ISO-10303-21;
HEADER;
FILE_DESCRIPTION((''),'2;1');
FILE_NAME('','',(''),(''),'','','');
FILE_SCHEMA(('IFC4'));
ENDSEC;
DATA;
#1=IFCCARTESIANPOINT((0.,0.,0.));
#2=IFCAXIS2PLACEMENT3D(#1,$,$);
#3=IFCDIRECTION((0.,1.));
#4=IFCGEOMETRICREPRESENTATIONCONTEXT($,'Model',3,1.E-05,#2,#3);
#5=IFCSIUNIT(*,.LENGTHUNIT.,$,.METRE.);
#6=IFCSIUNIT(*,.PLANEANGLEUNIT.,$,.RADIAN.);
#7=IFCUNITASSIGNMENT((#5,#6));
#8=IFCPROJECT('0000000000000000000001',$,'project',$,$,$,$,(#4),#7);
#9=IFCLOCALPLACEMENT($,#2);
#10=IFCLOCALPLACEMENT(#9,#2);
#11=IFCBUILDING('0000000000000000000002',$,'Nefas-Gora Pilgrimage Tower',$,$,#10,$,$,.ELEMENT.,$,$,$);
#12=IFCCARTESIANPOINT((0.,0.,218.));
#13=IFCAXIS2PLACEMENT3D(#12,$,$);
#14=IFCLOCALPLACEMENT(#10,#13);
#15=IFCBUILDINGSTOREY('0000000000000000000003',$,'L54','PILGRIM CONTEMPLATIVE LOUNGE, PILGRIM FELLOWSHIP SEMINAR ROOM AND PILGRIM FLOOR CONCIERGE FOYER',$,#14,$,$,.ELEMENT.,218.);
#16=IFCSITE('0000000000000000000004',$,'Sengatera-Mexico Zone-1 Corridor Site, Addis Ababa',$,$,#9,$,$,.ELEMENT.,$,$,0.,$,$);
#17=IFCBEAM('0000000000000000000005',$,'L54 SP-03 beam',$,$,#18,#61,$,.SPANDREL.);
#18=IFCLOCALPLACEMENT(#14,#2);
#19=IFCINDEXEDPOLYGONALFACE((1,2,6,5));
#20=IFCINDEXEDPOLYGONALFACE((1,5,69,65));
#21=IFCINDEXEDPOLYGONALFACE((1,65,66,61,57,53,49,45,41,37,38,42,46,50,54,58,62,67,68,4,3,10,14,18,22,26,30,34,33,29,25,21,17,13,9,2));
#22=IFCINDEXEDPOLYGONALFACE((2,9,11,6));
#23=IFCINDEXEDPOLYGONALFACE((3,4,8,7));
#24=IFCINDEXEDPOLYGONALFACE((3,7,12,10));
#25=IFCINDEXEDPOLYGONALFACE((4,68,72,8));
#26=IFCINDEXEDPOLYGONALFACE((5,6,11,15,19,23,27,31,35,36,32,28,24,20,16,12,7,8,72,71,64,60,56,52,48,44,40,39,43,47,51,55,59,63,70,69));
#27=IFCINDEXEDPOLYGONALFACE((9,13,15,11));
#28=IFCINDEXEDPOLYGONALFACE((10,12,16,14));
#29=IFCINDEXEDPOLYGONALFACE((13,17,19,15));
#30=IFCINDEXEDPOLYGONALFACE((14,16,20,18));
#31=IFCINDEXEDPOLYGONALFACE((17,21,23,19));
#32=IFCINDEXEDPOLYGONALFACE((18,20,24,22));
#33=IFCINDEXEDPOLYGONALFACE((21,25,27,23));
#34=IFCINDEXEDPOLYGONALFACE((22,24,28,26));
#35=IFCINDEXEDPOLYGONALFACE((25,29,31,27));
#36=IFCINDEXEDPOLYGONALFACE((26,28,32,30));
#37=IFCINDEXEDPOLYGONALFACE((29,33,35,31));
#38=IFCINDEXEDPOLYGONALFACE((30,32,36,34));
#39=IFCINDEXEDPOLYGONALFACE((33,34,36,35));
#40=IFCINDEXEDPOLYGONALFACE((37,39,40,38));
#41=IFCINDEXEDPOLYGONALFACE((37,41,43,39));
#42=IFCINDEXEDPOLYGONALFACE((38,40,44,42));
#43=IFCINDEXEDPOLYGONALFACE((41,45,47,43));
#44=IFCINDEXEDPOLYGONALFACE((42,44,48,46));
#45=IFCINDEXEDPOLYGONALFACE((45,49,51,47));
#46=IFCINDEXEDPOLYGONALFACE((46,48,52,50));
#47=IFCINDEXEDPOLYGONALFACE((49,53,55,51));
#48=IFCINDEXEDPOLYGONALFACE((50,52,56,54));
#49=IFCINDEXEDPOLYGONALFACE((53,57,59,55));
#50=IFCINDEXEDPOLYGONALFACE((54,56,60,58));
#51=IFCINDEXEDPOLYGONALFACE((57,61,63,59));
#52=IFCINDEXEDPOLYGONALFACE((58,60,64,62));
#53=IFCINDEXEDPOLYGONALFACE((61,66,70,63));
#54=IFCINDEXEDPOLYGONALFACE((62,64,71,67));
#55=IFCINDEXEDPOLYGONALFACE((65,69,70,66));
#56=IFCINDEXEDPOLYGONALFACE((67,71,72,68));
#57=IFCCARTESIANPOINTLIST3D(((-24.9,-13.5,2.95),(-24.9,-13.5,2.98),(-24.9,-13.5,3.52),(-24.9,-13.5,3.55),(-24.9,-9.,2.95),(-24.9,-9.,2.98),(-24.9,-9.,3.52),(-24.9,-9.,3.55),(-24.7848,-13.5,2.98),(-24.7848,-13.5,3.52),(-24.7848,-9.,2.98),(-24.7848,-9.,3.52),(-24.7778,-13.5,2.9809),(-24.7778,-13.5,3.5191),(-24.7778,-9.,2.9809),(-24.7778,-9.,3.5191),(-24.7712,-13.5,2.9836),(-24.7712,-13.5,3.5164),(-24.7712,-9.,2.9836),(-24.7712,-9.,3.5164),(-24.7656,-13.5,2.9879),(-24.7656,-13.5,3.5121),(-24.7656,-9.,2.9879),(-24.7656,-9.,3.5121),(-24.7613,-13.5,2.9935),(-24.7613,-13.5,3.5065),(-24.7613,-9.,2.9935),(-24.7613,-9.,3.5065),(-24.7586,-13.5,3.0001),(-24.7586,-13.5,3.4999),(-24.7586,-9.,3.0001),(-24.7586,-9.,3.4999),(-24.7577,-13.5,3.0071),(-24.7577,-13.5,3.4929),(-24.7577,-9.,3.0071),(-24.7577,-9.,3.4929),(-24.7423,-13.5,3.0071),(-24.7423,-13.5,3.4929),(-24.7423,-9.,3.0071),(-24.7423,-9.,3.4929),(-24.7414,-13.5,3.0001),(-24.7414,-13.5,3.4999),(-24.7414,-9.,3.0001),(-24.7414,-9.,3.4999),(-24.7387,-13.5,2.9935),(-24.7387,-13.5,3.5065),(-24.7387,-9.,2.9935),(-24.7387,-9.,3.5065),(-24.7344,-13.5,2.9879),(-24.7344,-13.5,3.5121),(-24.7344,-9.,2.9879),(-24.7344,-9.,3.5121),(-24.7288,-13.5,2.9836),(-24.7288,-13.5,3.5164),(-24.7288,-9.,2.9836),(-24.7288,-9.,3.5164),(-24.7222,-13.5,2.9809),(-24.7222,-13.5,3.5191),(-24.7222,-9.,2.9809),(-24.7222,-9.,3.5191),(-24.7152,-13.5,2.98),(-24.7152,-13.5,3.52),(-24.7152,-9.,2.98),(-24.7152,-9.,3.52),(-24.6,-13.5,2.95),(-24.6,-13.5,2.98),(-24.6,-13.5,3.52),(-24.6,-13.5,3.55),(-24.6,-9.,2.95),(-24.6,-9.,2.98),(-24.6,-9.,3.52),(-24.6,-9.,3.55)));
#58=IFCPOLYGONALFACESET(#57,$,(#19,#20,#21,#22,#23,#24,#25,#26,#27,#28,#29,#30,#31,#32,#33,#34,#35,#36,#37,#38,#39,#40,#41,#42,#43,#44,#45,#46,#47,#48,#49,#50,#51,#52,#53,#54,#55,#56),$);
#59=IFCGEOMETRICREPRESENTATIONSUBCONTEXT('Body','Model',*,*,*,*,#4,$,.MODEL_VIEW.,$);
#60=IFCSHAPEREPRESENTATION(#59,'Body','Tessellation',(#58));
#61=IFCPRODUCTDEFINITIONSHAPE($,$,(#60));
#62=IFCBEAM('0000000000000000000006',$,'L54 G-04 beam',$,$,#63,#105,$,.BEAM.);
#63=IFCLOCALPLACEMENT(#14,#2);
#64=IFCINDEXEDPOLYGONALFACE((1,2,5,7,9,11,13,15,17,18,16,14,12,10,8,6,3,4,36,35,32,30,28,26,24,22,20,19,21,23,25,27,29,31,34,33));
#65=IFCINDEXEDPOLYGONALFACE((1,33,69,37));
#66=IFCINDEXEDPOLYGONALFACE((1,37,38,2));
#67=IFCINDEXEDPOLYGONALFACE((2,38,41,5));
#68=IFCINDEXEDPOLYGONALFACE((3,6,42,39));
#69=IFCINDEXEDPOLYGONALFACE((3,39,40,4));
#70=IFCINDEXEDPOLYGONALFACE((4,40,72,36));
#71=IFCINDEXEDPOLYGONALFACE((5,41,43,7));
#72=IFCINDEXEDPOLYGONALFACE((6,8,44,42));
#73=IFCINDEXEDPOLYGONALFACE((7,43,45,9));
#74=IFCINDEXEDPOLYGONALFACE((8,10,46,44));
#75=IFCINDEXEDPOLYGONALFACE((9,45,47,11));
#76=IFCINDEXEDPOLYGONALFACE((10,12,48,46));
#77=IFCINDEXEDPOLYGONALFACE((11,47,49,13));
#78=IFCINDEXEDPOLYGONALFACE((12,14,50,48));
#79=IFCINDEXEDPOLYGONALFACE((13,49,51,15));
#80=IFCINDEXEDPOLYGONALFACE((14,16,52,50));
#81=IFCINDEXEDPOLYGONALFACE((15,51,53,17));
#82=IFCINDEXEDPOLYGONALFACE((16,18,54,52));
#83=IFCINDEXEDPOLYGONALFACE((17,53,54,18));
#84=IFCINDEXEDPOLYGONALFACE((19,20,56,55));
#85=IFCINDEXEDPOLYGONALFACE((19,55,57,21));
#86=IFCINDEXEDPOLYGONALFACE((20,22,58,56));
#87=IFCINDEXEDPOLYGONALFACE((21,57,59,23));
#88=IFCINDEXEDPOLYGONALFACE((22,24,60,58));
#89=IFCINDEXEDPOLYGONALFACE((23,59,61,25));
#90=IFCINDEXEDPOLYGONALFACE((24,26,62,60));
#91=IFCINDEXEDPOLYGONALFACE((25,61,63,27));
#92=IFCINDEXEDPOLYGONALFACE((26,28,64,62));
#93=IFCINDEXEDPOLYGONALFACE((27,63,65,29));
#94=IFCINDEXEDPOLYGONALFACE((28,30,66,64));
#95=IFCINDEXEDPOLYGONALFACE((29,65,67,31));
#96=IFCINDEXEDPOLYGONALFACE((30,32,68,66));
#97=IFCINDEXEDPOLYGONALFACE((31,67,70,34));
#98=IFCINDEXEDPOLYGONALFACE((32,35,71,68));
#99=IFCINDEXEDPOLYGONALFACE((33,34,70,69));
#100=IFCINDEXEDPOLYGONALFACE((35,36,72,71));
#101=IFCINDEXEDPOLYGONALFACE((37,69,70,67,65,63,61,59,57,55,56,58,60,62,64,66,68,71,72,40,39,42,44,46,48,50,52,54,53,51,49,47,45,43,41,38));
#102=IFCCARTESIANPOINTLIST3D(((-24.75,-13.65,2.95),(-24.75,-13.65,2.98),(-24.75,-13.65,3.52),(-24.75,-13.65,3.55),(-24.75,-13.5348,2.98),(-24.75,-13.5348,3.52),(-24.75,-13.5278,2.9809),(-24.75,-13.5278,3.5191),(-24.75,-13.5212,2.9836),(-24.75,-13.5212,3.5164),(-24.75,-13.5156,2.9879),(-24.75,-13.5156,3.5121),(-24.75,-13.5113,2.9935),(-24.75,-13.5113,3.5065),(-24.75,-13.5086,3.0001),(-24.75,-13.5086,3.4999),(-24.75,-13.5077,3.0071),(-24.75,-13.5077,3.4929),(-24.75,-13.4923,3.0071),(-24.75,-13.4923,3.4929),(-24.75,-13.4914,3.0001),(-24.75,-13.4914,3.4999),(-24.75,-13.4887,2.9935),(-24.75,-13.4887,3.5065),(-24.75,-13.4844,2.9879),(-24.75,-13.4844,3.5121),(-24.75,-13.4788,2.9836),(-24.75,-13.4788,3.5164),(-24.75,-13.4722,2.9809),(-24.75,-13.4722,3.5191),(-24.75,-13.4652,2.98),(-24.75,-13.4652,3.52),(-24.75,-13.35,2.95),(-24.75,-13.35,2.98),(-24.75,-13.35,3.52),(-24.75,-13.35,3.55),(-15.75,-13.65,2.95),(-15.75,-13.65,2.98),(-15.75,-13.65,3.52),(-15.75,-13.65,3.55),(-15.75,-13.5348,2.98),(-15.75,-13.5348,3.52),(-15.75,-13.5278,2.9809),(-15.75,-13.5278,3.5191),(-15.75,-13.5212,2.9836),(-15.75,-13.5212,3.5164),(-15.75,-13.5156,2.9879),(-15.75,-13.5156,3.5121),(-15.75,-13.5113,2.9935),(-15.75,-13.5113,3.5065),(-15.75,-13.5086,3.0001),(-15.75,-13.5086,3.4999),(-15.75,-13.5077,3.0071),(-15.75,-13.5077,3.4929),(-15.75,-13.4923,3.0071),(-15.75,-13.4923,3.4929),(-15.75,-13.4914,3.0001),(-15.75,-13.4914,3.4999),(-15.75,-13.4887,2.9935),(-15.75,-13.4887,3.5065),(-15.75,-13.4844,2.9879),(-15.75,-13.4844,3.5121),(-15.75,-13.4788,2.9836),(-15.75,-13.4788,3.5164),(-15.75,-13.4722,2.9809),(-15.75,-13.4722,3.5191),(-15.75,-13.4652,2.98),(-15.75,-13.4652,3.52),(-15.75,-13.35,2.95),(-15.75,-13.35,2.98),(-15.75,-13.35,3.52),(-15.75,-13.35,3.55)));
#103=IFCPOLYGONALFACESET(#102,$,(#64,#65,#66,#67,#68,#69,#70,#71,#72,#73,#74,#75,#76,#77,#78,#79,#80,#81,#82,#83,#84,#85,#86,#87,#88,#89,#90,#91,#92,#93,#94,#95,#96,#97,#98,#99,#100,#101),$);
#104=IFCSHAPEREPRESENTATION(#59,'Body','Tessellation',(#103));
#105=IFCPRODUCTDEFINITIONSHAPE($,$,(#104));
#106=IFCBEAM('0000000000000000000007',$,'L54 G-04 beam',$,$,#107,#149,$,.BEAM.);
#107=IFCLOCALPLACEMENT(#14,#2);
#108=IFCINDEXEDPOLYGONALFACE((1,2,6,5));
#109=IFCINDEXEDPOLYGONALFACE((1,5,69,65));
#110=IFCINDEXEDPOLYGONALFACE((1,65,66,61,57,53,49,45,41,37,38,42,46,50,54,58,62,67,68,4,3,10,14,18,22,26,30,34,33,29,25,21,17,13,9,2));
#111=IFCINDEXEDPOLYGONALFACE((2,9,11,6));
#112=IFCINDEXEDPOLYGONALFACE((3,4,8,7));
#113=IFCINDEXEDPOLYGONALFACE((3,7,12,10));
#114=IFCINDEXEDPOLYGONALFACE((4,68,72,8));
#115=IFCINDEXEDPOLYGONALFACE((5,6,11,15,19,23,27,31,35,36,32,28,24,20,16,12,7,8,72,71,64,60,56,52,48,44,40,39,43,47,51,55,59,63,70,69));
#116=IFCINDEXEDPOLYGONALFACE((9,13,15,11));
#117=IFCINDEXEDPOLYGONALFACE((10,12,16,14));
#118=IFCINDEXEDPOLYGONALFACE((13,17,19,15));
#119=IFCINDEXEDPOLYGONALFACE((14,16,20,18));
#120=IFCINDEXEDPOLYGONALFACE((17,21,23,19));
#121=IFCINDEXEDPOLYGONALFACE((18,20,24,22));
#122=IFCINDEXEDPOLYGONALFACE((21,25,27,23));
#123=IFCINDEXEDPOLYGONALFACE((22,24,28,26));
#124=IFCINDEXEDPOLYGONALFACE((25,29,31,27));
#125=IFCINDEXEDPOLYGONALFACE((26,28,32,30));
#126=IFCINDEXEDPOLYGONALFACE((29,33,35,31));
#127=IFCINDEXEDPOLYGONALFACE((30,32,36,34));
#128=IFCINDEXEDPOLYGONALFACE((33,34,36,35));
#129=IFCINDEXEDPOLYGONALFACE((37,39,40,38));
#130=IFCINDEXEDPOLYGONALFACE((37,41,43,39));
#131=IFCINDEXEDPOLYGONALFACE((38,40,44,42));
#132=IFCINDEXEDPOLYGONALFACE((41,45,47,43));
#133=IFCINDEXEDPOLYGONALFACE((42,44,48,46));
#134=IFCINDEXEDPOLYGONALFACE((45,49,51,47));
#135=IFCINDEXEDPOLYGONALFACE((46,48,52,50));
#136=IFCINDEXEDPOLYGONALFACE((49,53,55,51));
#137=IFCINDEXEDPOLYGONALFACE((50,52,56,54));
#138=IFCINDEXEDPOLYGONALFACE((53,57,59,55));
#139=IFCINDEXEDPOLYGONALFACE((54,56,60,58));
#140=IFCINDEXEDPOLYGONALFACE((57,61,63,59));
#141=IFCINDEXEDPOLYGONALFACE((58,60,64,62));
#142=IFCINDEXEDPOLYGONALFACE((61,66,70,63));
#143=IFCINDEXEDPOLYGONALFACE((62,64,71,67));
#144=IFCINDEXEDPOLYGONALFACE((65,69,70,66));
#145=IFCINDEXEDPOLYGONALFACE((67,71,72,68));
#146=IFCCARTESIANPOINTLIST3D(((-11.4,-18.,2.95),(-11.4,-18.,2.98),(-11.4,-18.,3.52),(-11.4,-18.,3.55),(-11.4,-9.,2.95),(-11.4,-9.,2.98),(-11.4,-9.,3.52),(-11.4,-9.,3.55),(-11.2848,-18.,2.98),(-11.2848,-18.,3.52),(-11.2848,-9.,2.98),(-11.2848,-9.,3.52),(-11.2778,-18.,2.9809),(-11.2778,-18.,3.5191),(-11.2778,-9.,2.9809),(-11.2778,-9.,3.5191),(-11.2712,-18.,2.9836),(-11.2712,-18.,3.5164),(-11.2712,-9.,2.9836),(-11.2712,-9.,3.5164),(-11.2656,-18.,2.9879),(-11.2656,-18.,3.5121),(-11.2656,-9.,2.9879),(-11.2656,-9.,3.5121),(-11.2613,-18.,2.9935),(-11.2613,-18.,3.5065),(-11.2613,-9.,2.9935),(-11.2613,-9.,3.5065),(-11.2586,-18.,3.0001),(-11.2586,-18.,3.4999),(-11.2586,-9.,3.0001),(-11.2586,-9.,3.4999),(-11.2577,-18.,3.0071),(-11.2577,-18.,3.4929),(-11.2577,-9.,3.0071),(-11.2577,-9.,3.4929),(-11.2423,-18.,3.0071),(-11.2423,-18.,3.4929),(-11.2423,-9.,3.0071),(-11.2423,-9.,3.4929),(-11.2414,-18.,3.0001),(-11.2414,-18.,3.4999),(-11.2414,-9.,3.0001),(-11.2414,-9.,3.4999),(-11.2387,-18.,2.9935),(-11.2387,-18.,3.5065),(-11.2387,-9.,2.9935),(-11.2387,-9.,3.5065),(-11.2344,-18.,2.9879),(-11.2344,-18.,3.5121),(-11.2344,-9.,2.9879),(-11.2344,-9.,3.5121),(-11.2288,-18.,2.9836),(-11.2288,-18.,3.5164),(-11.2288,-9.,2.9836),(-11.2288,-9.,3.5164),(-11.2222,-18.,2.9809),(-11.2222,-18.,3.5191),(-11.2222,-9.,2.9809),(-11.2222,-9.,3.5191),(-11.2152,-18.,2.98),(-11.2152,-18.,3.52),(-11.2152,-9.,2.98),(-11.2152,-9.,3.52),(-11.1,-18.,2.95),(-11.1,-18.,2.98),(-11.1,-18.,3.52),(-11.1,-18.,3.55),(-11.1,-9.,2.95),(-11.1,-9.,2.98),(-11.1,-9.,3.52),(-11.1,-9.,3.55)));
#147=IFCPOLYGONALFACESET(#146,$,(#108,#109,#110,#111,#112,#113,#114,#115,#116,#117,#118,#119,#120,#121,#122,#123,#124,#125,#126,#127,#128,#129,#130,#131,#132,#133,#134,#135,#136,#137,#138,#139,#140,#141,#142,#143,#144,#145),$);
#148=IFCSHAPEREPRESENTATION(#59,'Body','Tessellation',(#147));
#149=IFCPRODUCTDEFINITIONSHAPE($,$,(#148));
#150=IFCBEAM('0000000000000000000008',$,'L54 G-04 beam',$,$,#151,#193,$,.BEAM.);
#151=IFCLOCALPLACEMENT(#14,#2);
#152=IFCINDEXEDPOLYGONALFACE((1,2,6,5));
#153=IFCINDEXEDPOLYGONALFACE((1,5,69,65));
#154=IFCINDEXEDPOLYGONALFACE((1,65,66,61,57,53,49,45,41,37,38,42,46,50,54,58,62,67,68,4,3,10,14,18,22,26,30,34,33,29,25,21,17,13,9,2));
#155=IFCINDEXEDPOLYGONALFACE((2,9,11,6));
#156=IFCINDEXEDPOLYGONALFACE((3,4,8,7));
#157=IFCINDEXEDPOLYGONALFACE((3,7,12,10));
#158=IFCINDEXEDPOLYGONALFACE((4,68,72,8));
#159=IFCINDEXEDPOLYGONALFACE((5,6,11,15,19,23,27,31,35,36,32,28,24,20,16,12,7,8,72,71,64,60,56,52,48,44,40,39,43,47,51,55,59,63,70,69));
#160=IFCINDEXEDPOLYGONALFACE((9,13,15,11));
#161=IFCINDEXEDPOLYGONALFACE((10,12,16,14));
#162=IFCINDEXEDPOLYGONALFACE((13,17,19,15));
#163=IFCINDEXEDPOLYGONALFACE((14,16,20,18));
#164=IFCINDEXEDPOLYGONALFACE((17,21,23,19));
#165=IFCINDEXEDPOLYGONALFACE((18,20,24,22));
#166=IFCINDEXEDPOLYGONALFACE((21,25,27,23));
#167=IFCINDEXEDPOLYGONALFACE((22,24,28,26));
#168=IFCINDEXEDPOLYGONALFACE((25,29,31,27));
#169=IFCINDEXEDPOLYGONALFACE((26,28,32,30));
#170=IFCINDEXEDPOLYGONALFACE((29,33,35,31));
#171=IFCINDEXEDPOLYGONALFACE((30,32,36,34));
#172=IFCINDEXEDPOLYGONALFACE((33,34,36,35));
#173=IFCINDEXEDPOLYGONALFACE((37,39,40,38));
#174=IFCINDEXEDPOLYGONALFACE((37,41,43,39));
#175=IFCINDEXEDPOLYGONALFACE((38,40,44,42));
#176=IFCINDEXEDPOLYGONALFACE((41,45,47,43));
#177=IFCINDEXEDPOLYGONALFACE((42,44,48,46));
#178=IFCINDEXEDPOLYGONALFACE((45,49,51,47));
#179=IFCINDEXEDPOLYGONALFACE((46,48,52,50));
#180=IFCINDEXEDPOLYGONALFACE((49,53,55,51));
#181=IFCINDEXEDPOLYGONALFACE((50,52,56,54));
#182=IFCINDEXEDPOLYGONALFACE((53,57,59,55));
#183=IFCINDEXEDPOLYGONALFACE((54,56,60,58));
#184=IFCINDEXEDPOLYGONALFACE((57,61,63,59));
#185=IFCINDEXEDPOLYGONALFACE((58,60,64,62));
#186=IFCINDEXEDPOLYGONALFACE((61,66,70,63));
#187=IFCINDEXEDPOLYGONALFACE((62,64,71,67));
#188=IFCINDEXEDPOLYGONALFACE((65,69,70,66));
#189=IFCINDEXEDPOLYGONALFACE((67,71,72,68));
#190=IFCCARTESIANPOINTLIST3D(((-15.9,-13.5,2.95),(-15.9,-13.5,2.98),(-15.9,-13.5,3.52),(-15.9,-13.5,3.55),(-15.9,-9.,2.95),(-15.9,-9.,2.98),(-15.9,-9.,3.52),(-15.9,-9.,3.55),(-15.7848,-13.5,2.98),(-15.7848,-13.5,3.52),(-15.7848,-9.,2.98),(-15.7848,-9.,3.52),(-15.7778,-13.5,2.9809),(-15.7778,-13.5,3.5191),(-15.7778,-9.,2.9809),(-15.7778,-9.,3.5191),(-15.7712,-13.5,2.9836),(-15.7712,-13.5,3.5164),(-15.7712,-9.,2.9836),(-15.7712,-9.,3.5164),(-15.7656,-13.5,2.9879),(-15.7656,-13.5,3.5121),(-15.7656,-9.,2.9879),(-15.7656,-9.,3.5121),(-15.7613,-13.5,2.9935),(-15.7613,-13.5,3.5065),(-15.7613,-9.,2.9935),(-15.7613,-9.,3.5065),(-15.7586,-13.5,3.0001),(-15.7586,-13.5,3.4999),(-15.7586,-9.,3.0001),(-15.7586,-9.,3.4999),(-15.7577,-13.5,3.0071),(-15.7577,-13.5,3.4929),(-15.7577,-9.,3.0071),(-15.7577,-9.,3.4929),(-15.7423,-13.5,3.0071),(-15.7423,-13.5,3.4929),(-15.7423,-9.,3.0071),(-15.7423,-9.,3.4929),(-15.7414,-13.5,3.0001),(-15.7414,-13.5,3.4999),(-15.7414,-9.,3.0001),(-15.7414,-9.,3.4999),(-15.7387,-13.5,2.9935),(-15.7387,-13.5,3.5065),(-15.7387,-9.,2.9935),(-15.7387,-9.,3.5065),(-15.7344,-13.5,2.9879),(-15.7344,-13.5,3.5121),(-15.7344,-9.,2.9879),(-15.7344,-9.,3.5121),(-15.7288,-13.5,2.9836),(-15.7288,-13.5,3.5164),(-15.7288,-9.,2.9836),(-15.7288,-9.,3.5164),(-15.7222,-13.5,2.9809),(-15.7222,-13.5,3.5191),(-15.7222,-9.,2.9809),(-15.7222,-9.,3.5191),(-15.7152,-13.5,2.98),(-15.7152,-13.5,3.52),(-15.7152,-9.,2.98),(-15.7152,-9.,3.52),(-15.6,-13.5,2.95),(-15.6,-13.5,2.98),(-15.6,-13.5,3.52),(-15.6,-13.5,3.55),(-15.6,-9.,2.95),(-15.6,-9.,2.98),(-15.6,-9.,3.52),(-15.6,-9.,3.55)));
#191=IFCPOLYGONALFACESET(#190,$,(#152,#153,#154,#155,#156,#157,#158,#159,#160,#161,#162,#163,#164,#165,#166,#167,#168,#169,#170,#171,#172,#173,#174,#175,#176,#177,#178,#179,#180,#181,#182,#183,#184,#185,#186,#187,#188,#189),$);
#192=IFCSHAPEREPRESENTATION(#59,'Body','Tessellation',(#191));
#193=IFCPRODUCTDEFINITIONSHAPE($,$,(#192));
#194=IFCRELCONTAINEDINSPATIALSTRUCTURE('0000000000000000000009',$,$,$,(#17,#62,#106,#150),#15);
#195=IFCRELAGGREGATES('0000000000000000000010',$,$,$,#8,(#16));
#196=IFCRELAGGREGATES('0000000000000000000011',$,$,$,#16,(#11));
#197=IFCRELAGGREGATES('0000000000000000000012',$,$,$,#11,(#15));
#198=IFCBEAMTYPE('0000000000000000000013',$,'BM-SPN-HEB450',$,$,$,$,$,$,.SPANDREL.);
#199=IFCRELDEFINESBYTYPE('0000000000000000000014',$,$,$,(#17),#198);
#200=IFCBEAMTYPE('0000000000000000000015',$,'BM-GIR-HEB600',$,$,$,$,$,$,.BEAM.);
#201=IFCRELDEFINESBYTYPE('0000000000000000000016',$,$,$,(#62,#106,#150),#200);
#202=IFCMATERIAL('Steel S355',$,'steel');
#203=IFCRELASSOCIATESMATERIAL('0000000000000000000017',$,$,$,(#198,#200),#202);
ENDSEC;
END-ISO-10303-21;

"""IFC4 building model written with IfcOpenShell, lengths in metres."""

from ifc_helpers import new_model, si_unit, direction, frame, origin, origin_2d, place, context, subcontext, project, spatial, i_section, extrude, source, transform, mapped, material, material_profile, profile_set, type_object, element, save


model = new_model("IFC4")

# Units and contexts
model_context = context("Model", 3, precision=1e-05, world=origin(), true_north=direction((0.0, 1.0)))
body_context = subcontext(model_context, "Body", "Model", "MODEL_VIEW")
ifc_project = project(units=[si_unit("LENGTHUNIT", "METRE"), si_unit("PLANEANGLEUNIT", "RADIAN")], contexts=[model_context])

# Site, building, storey
site_placement = place(None, origin())
site = spatial("IfcSite", under=ifc_project, at=site_placement, Name="Sengatera-Mexico Zone-1 Corridor Site, Addis Ababa", CompositionType="ELEMENT", RefElevation=0.0)
building_placement = place(site_placement, origin())
building = spatial("IfcBuilding", under=site, at=building_placement, Name="Nefas-Gora Pilgrimage Tower", CompositionType="ELEMENT")
storey_placement = place(building_placement, frame((0.0, 0.0, 218.0)))
storey = spatial("IfcBuildingStorey", under=building, at=storey_placement, Name="L54", Description="PILGRIM CONTEMPLATIVE LOUNGE, PILGRIM FELLOWSHIP SEMINAR ROOM AND PILGRIM FLOOR CONCIERGE FOYER", CompositionType="ELEMENT", Elevation=218.0)

# Beams
ifc_material_1 = material(Name="Steel S355", Category="steel")
ifc_material_profile_1 = material_profile(ifc_material_1, i_section(OverallWidth=0.3, OverallDepth=0.6001, WebThickness=0.0154, FlangeThickness=0.03, FilletRadius=0.0271, at=origin_2d()), Name="HEB 600")
ifc_profile_set_1 = profile_set([ifc_material_profile_1], Name="Steel S355")
beam_type_1 = type_object("IfcBeamType", Name="BM-SPN-HEB450", PredefinedType="SPANDREL", material=ifc_profile_set_1)
shared_shape_1 = source(origin(), body_context, "Body", "SweptSolid", [
    extrude(i_section(OverallWidth=0.3, OverallDepth=0.6001, WebThickness=0.0154, FlangeThickness=0.03, FilletRadius=0.0271, at=origin_2d()), origin(), (0.0, 0.0, 1.0), 4.5),
])
beam_1_placement = place(storey_placement, frame((-24.75, -13.5, 3.25), z_axis=(0.0, 1.0, 0.0), x_axis=(-1.0, 0.0, 0.0)))
element("IfcBeam", 1, at=beam_1_placement, inside=storey, type_object=beam_type_1, Name="L54 SP-03 beam", PredefinedType="SPANDREL", context=body_context, shape_type="MappedRepresentation", body=[
    mapped(shared_shape_1, transform((0.0, 0.0, 0.0), x_axis=(1.0, 0.0, 0.0), y_axis=(0.0, 1.0, 0.0), z_axis=(0.0, 0.0, 1.0), scale=1.0)),
])
ifc_material_profile_2 = material_profile(ifc_material_1, i_section(OverallWidth=0.3, OverallDepth=0.6001, WebThickness=0.0154, FlangeThickness=0.03, FilletRadius=0.0271, at=origin_2d()), Name="HEB 600")
ifc_profile_set_2 = profile_set([ifc_material_profile_2], Name="Steel S355")
beam_type_2 = type_object("IfcBeamType", Name="BM-GIR-HEB600", PredefinedType="BEAM", material=ifc_profile_set_2)
shared_shape_2 = source(origin(), body_context, "Body", "SweptSolid", [
    extrude(i_section(OverallWidth=0.3, OverallDepth=0.6001, WebThickness=0.0154, FlangeThickness=0.03, FilletRadius=0.0271, at=origin_2d()), origin(), (0.0, 0.0, 1.0), 9.0),
])
for number, where, z_axis, x_axis, name in (
    (2, (-24.75, -13.5, 3.25), (1.0, 0.0, 0.0), (0.0, 1.0, 0.0), "L54 G-04 beam"),
    (3, (-11.25, -18.0, 3.25), (0.0, 1.0, 0.0), (-1.0, 0.0, 0.0), "L54 G-04 beam"),
):
    element("IfcBeam", number, at=place(storey_placement, frame(where, z_axis=z_axis, x_axis=x_axis)), inside=storey, type_object=beam_type_2, Name=name, PredefinedType="BEAM", context=body_context, shape_type="MappedRepresentation", body=[
        mapped(shared_shape_2, transform((0.0, 0.0, 0.0), x_axis=(1.0, 0.0, 0.0), y_axis=(0.0, 1.0, 0.0), z_axis=(0.0, 0.0, 1.0), scale=1.0)),
    ])
shared_shape_3 = source(origin(), body_context, "Body", "SweptSolid", [
    extrude(i_section(OverallWidth=0.3, OverallDepth=0.6001, WebThickness=0.0154, FlangeThickness=0.03, FilletRadius=0.0271, at=origin_2d()), origin(), (0.0, 0.0, 1.0), 4.5),
])
beam_2_placement = place(storey_placement, frame((-15.75, -13.5, 3.25), z_axis=(0.0, 1.0, 0.0), x_axis=(-1.0, 0.0, 0.0)))
element("IfcBeam", 4, at=beam_2_placement, inside=storey, type_object=beam_type_2, Name="L54 G-04 beam", PredefinedType="BEAM", context=body_context, shape_type="MappedRepresentation", body=[
    mapped(shared_shape_3, transform((0.0, 0.0, 0.0), x_axis=(1.0, 0.0, 0.0), y_axis=(0.0, 1.0, 0.0), z_axis=(0.0, 0.0, 1.0), scale=1.0)),
])

save(model, "model.ifc")
